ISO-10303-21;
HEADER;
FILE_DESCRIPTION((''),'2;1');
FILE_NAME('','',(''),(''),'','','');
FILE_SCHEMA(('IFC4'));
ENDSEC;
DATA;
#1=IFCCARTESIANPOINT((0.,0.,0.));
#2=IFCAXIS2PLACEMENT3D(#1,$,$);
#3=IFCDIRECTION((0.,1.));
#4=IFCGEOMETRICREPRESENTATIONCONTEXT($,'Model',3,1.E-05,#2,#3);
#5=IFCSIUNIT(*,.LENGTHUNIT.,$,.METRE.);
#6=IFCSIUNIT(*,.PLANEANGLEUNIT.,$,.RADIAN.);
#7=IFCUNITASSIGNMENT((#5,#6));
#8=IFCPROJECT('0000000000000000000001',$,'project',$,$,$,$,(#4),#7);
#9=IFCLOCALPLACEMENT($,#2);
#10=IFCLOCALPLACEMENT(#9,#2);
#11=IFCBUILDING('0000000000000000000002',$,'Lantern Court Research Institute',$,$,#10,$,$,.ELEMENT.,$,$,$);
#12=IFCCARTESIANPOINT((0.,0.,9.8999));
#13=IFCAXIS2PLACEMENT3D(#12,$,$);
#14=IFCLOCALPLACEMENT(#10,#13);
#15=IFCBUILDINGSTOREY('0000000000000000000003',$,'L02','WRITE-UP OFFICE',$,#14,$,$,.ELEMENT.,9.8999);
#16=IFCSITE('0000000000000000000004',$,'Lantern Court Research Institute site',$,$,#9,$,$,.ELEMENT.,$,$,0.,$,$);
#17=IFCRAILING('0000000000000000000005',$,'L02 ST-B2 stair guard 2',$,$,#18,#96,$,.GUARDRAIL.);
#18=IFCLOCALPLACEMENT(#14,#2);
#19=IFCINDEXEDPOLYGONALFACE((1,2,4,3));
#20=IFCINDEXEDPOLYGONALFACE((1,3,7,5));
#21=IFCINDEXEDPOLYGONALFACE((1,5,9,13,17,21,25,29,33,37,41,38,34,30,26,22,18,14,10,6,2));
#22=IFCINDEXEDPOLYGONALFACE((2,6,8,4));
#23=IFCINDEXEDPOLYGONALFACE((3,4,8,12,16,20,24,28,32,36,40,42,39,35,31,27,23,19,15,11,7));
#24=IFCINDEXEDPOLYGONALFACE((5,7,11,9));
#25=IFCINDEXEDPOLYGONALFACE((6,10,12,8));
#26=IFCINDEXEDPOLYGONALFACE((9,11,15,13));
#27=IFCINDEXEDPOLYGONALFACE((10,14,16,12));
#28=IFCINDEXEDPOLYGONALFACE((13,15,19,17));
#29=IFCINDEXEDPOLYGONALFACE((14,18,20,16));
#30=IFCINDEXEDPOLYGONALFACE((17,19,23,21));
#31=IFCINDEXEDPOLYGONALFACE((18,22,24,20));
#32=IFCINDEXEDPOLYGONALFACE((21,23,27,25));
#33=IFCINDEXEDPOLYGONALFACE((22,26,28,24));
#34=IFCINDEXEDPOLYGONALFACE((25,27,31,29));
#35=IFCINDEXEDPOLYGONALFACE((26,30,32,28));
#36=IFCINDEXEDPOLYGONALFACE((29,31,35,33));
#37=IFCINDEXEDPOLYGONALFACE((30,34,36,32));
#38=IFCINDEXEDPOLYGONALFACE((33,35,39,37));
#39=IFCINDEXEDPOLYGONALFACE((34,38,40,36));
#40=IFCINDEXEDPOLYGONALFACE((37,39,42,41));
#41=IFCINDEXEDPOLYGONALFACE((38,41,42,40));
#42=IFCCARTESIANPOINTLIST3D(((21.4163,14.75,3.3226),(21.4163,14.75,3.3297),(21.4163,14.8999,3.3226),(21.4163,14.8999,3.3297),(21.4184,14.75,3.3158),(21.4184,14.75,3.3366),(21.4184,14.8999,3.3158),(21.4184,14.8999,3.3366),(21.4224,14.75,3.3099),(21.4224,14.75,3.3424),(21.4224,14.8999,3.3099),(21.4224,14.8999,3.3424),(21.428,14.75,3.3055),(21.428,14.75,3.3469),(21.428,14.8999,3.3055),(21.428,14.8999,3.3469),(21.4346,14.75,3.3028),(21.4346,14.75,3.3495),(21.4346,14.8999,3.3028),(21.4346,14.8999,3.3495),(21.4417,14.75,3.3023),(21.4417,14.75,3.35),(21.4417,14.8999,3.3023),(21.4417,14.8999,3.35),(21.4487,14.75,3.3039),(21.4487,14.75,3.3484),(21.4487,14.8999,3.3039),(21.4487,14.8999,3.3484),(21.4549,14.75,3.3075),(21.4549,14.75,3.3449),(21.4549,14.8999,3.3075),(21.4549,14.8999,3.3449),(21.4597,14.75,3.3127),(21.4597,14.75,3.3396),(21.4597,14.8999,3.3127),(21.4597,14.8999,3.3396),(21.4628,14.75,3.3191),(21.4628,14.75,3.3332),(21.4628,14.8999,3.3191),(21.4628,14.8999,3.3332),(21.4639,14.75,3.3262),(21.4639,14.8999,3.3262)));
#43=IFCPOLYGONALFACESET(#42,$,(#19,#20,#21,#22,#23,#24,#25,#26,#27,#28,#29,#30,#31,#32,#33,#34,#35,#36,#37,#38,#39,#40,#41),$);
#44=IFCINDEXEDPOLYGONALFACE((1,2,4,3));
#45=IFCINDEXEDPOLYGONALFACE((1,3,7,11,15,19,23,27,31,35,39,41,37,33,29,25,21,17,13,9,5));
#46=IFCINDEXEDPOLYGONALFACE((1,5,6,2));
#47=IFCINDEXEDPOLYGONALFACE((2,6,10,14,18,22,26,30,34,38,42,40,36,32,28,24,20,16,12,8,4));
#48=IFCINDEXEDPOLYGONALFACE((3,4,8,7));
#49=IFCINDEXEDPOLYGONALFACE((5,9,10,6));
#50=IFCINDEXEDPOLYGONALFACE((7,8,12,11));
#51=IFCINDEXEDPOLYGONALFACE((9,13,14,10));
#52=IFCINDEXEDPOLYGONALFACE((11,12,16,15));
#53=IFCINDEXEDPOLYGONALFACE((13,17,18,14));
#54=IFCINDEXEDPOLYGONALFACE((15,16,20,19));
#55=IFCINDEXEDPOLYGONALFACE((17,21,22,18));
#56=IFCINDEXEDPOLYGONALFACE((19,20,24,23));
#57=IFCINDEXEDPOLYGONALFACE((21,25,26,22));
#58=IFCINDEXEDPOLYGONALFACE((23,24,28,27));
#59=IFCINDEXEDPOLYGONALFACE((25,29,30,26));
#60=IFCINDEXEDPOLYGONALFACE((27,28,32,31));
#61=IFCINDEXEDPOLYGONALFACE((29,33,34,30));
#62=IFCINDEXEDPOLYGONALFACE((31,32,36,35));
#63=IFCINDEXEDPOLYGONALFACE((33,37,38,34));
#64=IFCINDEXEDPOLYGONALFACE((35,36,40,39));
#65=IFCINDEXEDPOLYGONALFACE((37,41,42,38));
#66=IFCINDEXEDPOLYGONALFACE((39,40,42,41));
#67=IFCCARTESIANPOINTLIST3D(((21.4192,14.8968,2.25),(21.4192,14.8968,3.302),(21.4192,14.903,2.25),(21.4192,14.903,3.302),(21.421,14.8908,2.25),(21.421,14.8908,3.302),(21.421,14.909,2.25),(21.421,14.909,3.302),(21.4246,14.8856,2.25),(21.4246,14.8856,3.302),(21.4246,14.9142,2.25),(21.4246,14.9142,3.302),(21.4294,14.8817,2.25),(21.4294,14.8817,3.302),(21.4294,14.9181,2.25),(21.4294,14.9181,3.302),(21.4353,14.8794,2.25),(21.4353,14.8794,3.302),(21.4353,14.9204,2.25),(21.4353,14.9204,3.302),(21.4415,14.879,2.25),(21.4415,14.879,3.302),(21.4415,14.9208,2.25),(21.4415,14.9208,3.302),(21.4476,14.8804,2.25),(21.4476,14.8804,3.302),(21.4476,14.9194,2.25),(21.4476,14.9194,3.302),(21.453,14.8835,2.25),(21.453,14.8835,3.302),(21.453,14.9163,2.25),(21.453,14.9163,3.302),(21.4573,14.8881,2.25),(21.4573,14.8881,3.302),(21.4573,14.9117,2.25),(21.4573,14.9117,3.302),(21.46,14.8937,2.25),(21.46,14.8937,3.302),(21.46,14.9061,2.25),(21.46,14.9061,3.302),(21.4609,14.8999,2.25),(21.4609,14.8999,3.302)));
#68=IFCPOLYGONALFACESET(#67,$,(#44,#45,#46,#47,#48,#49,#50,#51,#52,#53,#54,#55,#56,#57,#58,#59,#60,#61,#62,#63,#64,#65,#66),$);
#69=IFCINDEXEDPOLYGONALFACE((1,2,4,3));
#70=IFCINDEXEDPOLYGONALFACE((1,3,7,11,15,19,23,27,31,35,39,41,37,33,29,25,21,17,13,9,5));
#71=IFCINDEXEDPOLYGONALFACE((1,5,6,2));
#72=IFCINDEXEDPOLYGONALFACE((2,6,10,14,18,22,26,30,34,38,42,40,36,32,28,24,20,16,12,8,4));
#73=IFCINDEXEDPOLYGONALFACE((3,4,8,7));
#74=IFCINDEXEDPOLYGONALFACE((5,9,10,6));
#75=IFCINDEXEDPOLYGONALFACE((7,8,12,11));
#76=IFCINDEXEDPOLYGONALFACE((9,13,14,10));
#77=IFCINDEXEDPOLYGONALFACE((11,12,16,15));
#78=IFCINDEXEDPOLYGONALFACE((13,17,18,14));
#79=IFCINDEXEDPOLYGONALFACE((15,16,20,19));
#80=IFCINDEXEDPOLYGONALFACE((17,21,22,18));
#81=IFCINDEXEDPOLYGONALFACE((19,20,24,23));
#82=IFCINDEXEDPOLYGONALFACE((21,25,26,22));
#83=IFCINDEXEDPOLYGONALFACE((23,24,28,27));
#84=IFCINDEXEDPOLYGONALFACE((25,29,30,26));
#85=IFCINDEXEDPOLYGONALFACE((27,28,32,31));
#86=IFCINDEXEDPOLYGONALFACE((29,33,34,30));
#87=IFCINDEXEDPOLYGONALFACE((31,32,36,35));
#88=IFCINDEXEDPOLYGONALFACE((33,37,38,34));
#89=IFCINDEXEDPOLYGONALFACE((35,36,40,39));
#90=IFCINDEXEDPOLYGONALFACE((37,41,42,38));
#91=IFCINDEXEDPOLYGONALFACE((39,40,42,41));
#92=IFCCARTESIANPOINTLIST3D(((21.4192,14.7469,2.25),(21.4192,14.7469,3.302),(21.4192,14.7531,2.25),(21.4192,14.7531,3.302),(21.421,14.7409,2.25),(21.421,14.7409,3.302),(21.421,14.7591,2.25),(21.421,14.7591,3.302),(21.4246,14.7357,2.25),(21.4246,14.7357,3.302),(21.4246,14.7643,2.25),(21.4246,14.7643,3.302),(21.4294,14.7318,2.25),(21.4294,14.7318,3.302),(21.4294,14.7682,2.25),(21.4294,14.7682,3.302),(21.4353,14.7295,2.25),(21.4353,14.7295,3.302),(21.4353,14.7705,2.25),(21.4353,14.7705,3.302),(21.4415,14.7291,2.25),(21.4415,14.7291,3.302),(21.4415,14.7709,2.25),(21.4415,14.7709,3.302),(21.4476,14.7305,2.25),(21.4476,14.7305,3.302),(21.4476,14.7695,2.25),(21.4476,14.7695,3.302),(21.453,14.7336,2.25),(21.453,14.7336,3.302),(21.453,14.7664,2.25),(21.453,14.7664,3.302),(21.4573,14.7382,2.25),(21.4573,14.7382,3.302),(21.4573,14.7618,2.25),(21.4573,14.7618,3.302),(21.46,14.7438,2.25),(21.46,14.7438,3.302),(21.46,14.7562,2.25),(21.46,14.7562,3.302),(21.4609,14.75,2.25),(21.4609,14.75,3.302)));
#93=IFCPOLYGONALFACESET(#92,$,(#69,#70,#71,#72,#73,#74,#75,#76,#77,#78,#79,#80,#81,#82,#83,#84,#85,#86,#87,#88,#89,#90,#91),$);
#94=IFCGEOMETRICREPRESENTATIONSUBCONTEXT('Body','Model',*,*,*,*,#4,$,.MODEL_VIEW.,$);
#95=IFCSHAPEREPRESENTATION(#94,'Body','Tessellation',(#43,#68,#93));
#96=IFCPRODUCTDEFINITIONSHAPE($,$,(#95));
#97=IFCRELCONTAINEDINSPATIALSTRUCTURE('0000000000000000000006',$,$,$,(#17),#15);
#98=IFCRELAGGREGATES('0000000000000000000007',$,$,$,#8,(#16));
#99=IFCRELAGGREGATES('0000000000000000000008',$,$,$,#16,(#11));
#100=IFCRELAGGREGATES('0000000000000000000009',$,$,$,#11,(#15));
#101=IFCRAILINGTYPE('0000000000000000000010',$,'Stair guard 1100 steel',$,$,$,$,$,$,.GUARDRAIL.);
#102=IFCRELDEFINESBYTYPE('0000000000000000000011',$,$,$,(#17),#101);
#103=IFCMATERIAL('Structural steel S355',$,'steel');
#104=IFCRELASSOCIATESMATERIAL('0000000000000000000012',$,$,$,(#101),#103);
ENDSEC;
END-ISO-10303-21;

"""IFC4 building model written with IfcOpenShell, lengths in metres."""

from ifc_helpers import new_model, si_unit, direction, frame, origin, origin_2d, place, context, subcontext, project, spatial, circle, extrude, material, type_object, element, save


model = new_model("IFC4")

# Units and contexts
model_context = context("Model", 3, precision=1e-05, world=origin(), true_north=direction((0.0, 1.0)))
body_context = subcontext(model_context, "Body", "Model", "MODEL_VIEW")
ifc_project = project(units=[si_unit("LENGTHUNIT", "METRE"), si_unit("PLANEANGLEUNIT", "RADIAN")], contexts=[model_context])

# Site, building, storey
site_placement = place(None, origin())
site = spatial("IfcSite", under=ifc_project, at=site_placement, Name="Lantern Court Research Institute site", CompositionType="ELEMENT", RefElevation=0.0)
building_placement = place(site_placement, origin())
building = spatial("IfcBuilding", under=site, at=building_placement, Name="Lantern Court Research Institute", CompositionType="ELEMENT")
storey_placement = place(building_placement, frame((0.0, 0.0, 9.8999)))
storey = spatial("IfcBuildingStorey", under=building, at=storey_placement, Name="L02", Description="WRITE-UP OFFICE", CompositionType="ELEMENT", Elevation=9.8999)

# Railing
ifc_material_1 = material(Name="Structural steel S355", Category="steel")
railing_type_1 = type_object("IfcRailingType", Name="Stair guard 1100 steel", PredefinedType="GUARDRAIL", material=ifc_material_1)
railing_1_placement = place(storey_placement, frame((21.4399, 14.8999, 2.25)))
element("IfcRailing", 1, at=railing_1_placement, inside=storey, type_object=railing_type_1, Name="L02 ST-B2 stair guard 2", PredefinedType="GUARDRAIL", context=body_context, shape_type="SweptSolid", body=[
    extrude(circle(Radius=0.0239, at=origin_2d()), frame((0.0, 0.0, 1.0762), z_axis=(0.0, -1.0, 0.0), x_axis=(1.0, 0.0, 0.0)), (0.0, 0.0, 1.0), 0.1499),
    extrude(circle(Radius=0.021, at=origin_2d()), origin(), (0.0, 0.0, 1.0), 1.052),
    extrude(circle(Radius=0.021, at=origin_2d()), frame((0.0, -0.1499, 0.0)), (0.0, 0.0, 1.0), 1.052),
])

save(model, "model.ifc")
